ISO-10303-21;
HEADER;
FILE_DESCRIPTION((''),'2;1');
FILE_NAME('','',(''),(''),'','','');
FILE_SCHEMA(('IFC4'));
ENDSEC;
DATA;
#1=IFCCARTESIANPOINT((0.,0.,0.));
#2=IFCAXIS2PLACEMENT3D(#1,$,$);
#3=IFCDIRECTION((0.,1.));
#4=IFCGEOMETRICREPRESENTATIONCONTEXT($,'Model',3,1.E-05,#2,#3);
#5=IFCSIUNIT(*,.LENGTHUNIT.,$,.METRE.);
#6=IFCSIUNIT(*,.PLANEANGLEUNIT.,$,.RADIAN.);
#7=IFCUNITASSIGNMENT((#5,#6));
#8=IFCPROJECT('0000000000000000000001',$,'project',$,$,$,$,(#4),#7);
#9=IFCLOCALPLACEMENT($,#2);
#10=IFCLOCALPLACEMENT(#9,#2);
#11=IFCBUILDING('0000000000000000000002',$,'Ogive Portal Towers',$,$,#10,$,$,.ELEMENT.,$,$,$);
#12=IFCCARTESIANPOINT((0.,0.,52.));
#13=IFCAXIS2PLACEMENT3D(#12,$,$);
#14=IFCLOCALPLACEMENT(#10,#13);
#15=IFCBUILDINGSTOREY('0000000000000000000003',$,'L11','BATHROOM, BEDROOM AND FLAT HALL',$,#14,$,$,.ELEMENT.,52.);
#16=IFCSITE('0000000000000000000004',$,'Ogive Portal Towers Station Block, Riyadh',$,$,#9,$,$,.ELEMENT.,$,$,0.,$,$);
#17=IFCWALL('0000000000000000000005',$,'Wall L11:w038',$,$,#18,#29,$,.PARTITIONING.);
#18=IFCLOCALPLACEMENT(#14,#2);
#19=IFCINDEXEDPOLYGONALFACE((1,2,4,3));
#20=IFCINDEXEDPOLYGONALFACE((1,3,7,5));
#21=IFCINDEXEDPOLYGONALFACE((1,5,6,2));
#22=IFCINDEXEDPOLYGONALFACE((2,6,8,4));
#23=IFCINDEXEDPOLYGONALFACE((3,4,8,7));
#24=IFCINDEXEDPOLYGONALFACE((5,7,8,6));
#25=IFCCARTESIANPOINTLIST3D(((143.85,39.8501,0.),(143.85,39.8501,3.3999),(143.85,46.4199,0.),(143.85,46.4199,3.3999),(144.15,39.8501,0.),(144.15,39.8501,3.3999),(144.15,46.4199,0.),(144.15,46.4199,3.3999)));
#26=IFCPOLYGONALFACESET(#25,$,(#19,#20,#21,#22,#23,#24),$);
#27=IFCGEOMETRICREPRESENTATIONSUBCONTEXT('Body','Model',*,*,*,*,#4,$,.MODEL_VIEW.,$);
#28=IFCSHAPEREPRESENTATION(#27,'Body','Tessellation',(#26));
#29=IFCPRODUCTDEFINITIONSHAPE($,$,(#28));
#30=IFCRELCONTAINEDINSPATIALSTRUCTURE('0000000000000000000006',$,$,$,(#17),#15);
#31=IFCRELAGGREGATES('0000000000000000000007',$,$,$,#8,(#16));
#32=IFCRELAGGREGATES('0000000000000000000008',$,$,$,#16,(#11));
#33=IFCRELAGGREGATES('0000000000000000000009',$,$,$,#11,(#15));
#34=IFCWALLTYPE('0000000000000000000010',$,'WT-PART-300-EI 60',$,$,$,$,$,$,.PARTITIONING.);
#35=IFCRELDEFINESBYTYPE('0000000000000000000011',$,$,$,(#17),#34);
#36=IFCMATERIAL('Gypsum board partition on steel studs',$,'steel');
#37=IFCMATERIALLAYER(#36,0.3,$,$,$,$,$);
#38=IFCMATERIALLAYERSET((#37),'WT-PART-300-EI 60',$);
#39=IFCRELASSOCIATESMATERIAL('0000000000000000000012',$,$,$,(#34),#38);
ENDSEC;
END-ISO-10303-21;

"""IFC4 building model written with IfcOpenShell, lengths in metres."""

from ifc_helpers import new_model, si_unit, direction, frame, frame_2d, origin, place, context, subcontext, project, spatial, rectangle, extrude, material, layer, layer_set, type_object, element, save


model = new_model("IFC4")

# Units and contexts
model_context = context("Model", 3, precision=1e-05, world=origin(), true_north=direction((0.0, 1.0)))
body_context = subcontext(model_context, "Body", "Model", "MODEL_VIEW")
ifc_project = project(units=[si_unit("LENGTHUNIT", "METRE"), si_unit("PLANEANGLEUNIT", "RADIAN")], contexts=[model_context])

# Site, building, storey
site_placement = place(None, origin())
site = spatial("IfcSite", under=ifc_project, at=site_placement, Name="Ogive Portal Towers Station Block, Riyadh", CompositionType="ELEMENT", RefElevation=0.0)
building_placement = place(site_placement, origin())
building = spatial("IfcBuilding", under=site, at=building_placement, Name="Ogive Portal Towers", CompositionType="ELEMENT")
storey_placement = place(building_placement, frame((0.0, 0.0, 52.0)))
storey = spatial("IfcBuildingStorey", under=building, at=storey_placement, Name="L11", Description="BATHROOM, BEDROOM AND FLAT HALL", CompositionType="ELEMENT", Elevation=52.0)

# Shared definitions
ifc_material_1 = material(Name="Gypsum board partition on steel studs", Category="steel")

# Wall
ifc_layer_1 = layer(ifc_material_1, 0.3)
ifc_layer_set_1 = layer_set([ifc_layer_1], Name="WT-PART-300-EI 60")
wall_type_1 = type_object("IfcWallType", Name="WT-PART-300-EI 60", PredefinedType="PARTITIONING", material=ifc_layer_set_1)
wall_1_placement = place(storey_placement, frame((144.0, 39.8501, 0.0), z_axis=(0.0, 0.0, 1.0), x_axis=(0.0, 1.0, 0.0)))
element("IfcWall", 1, at=wall_1_placement, inside=storey, type_object=wall_type_1, Name="Wall L11:w038", PredefinedType="PARTITIONING", context=body_context, shape_type="SweptSolid", body=[
    extrude(rectangle(XDim=6.5698, YDim=0.3, at=frame_2d((3.2849, 0.0))), origin(), (0.0, 0.0, 1.0), 3.3999),
])

save(model, "model.ifc")
